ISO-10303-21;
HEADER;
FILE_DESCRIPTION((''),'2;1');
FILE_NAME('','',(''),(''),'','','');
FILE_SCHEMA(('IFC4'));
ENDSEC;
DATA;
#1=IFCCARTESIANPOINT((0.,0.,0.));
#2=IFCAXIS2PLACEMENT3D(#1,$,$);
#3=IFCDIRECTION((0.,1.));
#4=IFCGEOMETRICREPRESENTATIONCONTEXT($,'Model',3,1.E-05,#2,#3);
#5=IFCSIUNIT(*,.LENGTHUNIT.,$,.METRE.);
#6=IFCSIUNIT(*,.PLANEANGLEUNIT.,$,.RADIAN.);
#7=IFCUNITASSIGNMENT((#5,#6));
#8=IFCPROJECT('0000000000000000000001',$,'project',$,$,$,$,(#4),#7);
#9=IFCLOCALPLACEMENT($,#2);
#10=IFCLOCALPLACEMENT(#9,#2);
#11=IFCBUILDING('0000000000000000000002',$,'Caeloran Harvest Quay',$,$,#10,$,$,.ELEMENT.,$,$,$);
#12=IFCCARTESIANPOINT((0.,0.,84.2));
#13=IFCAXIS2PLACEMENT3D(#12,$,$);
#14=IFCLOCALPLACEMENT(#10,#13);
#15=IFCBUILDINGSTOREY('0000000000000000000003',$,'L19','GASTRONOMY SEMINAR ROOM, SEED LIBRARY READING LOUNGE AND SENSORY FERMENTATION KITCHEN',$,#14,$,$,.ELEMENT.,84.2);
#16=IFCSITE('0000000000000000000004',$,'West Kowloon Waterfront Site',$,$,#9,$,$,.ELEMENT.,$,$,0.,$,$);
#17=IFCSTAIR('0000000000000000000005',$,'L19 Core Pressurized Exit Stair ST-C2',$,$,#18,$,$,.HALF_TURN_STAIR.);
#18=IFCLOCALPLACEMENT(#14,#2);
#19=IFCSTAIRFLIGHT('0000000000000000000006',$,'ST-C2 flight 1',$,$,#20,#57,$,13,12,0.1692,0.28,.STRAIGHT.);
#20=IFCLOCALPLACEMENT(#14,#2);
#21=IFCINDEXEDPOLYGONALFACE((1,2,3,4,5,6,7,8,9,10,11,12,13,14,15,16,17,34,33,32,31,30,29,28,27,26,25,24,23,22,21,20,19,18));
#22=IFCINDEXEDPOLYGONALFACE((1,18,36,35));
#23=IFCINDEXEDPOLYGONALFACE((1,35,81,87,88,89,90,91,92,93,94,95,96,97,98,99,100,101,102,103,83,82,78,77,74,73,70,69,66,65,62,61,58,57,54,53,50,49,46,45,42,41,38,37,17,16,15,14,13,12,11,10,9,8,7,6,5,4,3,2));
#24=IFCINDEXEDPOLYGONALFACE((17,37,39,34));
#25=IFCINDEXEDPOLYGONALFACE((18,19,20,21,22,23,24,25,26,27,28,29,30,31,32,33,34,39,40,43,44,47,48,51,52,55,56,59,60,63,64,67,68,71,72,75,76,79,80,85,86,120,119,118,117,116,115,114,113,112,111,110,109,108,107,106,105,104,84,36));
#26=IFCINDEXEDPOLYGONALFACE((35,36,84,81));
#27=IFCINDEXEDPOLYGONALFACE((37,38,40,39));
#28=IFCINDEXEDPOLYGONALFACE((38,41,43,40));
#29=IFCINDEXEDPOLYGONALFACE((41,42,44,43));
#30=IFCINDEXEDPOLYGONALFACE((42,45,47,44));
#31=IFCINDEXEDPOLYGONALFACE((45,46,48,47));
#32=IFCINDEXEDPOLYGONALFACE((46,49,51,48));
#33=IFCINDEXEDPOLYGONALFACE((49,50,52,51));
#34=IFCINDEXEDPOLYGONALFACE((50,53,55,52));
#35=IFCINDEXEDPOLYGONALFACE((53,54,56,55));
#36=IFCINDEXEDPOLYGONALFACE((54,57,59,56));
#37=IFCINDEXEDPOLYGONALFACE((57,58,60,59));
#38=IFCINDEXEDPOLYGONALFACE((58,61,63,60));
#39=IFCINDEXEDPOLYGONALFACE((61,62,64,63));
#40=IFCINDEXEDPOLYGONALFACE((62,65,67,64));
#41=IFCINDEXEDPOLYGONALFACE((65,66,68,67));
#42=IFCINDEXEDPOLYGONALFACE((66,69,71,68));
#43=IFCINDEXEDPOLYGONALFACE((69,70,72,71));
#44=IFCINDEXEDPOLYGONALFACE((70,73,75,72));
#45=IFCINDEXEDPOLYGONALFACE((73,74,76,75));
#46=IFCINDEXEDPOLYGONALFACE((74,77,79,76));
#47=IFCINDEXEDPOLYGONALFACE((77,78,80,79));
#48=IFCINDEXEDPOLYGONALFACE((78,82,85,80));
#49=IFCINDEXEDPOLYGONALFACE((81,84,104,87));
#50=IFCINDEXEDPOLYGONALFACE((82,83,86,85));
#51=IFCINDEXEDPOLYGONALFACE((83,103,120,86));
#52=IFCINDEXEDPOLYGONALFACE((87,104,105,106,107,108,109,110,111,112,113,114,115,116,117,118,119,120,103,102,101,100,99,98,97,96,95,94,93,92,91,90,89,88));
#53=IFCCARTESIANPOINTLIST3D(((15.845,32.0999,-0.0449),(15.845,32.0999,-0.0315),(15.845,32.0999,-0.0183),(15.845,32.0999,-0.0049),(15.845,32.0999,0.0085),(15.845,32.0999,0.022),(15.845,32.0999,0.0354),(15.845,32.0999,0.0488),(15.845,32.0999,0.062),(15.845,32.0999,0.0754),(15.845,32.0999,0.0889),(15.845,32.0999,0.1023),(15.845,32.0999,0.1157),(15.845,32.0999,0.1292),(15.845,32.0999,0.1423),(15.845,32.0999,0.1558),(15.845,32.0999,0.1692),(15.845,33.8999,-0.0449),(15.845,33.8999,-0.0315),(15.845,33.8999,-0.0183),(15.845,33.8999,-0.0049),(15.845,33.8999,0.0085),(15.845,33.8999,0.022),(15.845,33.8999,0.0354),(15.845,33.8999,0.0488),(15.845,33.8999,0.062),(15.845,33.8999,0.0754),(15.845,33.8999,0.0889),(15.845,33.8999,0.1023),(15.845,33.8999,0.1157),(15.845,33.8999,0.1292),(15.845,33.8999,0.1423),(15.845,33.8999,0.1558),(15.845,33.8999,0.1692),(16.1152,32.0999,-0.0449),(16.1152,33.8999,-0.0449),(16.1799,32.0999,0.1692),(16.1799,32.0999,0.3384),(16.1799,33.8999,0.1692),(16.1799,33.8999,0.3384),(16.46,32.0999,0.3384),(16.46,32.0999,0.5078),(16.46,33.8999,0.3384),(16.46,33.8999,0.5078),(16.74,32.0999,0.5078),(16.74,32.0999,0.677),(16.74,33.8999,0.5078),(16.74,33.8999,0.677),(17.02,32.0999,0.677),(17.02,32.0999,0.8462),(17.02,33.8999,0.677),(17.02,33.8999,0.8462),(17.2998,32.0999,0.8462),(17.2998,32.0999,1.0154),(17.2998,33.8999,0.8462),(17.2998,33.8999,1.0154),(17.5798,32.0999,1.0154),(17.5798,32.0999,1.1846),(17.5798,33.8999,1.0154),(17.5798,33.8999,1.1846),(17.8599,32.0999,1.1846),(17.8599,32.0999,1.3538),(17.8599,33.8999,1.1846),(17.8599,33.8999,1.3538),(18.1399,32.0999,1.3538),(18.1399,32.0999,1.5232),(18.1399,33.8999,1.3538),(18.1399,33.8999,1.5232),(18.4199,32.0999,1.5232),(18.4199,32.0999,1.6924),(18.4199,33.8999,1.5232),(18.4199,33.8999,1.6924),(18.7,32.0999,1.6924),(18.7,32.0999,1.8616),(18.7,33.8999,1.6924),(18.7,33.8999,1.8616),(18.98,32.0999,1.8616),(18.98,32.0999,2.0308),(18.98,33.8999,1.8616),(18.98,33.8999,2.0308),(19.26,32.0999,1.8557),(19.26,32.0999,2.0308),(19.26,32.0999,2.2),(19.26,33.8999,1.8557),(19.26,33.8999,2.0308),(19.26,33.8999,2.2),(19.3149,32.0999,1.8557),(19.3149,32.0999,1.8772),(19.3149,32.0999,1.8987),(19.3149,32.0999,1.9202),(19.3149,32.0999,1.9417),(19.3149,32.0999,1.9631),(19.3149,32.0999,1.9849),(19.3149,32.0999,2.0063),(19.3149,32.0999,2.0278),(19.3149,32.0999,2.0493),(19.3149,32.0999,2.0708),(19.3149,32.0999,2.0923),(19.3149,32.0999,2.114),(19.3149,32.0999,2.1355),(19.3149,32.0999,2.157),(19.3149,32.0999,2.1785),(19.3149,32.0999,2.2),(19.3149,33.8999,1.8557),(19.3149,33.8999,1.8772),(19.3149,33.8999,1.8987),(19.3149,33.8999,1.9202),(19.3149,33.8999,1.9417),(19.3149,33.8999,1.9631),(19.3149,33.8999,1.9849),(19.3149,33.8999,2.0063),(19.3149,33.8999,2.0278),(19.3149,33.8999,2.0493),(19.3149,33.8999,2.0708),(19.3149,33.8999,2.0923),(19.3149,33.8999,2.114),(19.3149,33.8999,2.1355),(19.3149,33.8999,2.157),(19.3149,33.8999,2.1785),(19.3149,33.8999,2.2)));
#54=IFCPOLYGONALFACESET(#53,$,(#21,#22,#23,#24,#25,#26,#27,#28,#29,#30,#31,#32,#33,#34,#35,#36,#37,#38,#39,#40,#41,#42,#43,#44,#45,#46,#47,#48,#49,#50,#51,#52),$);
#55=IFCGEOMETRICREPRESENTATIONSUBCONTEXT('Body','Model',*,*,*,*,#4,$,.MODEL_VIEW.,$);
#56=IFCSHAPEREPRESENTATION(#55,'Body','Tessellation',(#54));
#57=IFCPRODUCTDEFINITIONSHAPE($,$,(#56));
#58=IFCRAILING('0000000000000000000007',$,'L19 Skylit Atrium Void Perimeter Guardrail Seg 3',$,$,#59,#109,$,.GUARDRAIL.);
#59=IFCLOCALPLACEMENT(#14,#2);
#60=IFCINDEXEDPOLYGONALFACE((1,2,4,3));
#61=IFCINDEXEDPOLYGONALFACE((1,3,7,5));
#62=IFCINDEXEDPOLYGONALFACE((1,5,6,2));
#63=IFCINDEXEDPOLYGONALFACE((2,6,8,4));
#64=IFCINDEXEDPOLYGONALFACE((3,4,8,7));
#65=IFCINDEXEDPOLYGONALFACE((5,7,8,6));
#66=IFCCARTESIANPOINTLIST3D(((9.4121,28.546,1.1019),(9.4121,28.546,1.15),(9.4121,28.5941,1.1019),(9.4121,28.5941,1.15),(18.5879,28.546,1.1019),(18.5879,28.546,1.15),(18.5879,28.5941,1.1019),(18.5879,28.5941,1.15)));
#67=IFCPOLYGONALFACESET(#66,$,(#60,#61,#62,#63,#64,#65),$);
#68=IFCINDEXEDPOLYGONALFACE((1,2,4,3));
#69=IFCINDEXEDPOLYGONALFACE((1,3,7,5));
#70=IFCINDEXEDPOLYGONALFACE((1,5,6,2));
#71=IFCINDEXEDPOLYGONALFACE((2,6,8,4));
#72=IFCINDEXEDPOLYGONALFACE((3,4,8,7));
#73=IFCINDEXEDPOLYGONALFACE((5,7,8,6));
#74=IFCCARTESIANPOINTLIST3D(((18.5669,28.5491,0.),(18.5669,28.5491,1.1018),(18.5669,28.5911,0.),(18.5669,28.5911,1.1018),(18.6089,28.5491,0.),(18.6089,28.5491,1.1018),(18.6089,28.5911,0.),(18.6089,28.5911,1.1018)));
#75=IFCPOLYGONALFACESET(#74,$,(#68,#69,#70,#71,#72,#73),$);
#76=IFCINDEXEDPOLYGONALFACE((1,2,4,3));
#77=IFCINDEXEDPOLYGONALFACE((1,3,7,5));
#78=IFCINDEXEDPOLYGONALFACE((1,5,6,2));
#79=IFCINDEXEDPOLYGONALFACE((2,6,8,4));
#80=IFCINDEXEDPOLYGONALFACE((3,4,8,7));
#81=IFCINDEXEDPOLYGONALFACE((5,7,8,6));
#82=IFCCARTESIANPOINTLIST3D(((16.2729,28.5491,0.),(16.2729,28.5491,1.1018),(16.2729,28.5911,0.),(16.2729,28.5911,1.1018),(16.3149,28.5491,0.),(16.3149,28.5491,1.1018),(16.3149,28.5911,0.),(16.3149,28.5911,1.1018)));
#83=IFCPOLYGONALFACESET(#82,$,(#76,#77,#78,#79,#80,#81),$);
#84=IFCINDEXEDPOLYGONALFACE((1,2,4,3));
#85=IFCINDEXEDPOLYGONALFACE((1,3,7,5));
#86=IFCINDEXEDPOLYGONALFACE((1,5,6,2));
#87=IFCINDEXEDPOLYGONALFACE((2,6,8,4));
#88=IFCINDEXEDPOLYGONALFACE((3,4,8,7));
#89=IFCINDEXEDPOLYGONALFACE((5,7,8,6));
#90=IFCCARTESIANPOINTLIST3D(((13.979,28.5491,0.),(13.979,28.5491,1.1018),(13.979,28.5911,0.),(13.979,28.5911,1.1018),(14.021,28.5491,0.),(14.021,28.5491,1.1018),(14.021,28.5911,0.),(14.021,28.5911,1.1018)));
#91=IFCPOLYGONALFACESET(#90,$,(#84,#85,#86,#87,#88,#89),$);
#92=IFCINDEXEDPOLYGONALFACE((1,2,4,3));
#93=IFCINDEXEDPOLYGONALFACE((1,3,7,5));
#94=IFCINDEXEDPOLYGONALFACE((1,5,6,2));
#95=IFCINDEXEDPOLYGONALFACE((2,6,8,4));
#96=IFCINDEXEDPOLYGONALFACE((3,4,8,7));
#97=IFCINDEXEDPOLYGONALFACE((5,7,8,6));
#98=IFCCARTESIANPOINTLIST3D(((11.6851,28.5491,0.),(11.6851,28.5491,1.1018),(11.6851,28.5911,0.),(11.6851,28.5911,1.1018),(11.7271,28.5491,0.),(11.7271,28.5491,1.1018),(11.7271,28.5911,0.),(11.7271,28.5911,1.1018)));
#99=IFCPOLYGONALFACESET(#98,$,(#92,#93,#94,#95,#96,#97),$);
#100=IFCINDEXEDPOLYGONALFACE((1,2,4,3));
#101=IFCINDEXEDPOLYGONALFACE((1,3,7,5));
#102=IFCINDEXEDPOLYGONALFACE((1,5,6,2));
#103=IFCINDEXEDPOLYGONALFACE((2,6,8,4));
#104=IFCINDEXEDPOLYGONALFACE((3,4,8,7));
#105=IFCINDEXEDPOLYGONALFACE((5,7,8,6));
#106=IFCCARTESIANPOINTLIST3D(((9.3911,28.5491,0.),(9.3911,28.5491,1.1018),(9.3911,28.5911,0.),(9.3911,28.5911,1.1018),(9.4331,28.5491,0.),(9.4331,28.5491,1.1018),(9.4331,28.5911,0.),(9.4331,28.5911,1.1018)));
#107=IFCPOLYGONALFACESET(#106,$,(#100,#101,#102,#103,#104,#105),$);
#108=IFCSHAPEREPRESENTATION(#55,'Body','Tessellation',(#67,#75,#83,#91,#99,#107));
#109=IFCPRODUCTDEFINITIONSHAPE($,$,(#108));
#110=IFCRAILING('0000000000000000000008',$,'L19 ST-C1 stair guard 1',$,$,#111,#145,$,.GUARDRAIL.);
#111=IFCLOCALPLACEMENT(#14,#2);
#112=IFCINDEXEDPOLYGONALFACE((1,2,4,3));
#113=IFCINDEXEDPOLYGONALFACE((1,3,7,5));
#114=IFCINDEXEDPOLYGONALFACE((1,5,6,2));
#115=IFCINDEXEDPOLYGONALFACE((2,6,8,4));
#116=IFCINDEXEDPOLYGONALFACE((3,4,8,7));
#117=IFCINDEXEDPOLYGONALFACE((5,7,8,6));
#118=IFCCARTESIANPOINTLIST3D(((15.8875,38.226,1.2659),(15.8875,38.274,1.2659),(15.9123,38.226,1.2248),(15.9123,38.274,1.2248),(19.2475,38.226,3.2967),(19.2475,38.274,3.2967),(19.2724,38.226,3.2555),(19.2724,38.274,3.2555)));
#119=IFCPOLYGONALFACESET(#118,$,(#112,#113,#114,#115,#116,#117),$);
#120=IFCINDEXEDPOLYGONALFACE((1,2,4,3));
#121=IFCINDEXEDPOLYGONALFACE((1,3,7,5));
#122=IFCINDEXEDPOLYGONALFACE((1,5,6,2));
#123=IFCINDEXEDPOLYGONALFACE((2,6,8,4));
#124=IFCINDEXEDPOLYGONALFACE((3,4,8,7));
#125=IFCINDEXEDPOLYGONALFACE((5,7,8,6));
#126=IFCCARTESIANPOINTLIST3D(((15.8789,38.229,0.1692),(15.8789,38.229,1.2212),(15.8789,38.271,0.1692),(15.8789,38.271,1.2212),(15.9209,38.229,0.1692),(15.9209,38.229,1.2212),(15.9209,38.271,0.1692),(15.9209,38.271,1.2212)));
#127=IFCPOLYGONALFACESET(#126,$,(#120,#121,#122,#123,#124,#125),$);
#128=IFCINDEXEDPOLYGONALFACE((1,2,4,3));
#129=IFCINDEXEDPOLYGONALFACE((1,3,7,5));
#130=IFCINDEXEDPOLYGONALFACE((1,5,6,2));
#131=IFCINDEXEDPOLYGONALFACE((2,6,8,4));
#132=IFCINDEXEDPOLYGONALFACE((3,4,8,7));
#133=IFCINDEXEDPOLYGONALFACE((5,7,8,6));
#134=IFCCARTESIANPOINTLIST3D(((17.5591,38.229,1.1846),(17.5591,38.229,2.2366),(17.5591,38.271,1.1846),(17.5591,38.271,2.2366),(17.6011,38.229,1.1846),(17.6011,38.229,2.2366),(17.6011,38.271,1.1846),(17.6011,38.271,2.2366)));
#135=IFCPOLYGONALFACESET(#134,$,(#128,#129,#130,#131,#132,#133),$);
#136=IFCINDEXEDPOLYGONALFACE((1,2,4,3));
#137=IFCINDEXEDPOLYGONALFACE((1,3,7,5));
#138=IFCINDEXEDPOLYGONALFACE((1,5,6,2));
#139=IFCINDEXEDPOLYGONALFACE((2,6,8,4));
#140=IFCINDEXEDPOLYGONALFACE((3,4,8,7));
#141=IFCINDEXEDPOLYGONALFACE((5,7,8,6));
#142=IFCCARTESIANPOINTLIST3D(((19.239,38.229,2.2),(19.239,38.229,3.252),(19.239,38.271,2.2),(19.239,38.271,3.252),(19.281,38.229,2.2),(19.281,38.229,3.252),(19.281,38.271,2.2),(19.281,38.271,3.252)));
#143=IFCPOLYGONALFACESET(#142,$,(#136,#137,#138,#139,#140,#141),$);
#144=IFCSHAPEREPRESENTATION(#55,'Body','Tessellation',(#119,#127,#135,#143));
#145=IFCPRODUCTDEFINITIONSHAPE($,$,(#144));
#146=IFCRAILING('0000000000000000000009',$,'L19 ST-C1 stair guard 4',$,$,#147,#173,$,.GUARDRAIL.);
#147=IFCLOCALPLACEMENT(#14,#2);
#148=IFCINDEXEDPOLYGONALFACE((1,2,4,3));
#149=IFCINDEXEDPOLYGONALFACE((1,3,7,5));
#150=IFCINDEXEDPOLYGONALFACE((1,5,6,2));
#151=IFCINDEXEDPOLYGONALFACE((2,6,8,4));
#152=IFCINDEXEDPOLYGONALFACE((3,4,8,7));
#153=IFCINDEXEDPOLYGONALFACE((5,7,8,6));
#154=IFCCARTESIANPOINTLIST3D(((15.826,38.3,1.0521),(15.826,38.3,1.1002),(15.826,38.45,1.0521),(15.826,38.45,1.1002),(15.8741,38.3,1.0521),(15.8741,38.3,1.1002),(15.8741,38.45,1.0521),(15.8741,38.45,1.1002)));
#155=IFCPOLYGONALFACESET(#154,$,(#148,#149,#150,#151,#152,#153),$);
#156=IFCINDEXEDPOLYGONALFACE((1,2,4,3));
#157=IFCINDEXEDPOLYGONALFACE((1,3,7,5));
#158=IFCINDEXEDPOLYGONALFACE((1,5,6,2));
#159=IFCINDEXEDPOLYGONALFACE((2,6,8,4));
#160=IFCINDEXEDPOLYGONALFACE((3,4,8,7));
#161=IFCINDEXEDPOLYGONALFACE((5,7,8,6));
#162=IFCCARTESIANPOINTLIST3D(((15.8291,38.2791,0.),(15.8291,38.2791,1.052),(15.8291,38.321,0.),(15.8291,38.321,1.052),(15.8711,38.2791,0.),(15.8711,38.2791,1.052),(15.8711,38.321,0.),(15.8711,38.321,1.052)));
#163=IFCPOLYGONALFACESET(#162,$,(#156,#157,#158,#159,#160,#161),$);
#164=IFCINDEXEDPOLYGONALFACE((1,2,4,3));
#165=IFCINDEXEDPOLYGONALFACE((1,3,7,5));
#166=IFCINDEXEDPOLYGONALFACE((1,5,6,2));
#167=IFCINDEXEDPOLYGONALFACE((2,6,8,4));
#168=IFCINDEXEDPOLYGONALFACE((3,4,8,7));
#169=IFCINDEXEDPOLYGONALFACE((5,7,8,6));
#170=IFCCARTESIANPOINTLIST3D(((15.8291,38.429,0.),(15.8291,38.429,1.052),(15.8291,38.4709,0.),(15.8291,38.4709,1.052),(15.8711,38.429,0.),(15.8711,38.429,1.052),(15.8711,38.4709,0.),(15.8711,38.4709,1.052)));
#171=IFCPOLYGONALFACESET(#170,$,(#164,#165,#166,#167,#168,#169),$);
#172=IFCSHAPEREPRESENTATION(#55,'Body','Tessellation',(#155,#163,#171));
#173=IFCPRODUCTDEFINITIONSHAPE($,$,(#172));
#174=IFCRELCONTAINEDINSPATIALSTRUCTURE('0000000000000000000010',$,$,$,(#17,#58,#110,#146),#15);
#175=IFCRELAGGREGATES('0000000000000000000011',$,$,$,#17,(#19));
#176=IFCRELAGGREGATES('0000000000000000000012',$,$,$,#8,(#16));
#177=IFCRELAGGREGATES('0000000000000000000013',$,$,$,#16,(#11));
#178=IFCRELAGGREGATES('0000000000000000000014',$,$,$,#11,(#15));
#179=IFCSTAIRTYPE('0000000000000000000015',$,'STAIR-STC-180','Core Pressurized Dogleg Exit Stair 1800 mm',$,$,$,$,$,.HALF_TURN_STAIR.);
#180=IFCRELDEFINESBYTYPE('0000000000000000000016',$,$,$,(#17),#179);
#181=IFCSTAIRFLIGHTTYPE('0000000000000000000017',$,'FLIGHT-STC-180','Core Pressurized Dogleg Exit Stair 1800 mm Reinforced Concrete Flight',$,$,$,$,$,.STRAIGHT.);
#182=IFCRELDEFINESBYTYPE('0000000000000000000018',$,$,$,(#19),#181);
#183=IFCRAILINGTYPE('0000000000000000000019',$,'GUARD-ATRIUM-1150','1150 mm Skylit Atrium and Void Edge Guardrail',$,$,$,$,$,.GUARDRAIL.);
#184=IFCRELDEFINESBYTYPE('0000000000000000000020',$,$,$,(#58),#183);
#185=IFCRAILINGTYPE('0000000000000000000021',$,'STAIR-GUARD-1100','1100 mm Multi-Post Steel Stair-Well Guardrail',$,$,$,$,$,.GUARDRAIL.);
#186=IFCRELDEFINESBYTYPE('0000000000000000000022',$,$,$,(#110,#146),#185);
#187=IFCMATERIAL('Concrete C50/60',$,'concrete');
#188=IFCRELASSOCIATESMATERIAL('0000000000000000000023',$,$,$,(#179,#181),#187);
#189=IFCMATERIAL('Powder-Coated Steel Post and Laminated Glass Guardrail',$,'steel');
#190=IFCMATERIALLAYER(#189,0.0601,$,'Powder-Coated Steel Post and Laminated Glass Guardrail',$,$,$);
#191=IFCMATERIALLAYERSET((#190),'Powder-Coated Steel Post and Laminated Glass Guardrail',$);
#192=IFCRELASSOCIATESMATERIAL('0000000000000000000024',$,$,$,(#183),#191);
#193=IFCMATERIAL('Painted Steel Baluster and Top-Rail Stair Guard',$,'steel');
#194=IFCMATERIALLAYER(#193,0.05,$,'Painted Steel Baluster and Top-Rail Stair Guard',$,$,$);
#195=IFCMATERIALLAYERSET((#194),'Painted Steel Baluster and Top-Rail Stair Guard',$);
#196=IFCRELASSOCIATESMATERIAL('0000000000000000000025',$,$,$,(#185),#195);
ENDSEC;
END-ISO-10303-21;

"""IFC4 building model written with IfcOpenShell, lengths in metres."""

from ifc_helpers import new_model, si_unit, direction, frame, origin, origin_2d, place, context, subcontext, project, spatial, polyline, rectangle, outline, extrude, material, layer, layer_set, type_object, element, aggregate, save


model = new_model("IFC4")

# Units and contexts
model_context = context("Model", 3, precision=1e-05, world=origin(), true_north=direction((0.0, 1.0)))
body_context = subcontext(model_context, "Body", "Model", "MODEL_VIEW")
ifc_project = project(units=[si_unit("LENGTHUNIT", "METRE"), si_unit("PLANEANGLEUNIT", "RADIAN")], contexts=[model_context])

# Site, building, storey
site_placement = place(None, origin())
site = spatial("IfcSite", under=ifc_project, at=site_placement, Name="West Kowloon Waterfront Site", CompositionType="ELEMENT", RefElevation=0.0)
building_placement = place(site_placement, origin())
building = spatial("IfcBuilding", under=site, at=building_placement, Name="Caeloran Harvest Quay", CompositionType="ELEMENT")
storey_placement = place(building_placement, frame((0.0, 0.0, 84.2)))
storey = spatial("IfcBuildingStorey", under=building, at=storey_placement, Name="L19", Description="GASTRONOMY SEMINAR ROOM, SEED LIBRARY READING LOUNGE AND SENSORY FERMENTATION KITCHEN", CompositionType="ELEMENT", Elevation=84.2)

# Stair, stair flight
ifc_material_1 = material(Name="Concrete C50/60", Category="concrete")
stair_type = type_object("IfcStairType", Name="STAIR-STC-180", Description="Core Pressurized Dogleg Exit Stair 1800 mm", PredefinedType="HALF_TURN_STAIR", material=ifc_material_1)
stair_flight_type = type_object("IfcStairFlightType", Name="FLIGHT-STC-180", Description="Core Pressurized Dogleg Exit Stair 1800 mm Reinforced Concrete Flight", PredefinedType="STRAIGHT", material=ifc_material_1)
stair_1_placement = place(storey_placement, origin())
stair_1 = element("IfcStair", 1, at=stair_1_placement, inside=storey, type_object=stair_type, Name="L19 Core Pressurized Exit Stair ST-C2", PredefinedType="HALF_TURN_STAIR")
stair_flight_1_placement = place(storey_placement, frame((15.8999, 33.0, 0.0), z_axis=(0.0, 0.0, 1.0), x_axis=(1.0, 0.0, 0.0)))
stair_flight_1 = element("IfcStairFlight", 2, at=stair_flight_1_placement, type_object=stair_flight_type, Name="ST-C2 flight 1", NumberOfRisers=13, NumberOfTreads=12, PredefinedType="STRAIGHT", RiserHeight=0.1692, TreadLength=0.28, context=body_context, shape_type="SweptSolid", body=[
    extrude(outline(polyline([(-0.0549, -0.0449), (-0.0549, -0.0315), (-0.0549, -0.0183), (-0.0549, -0.0049), (-0.0549, 0.0085), (-0.0549, 0.022), (-0.0549, 0.0354), (-0.0549, 0.0488), (-0.0549, 0.062), (-0.0549, 0.0754), (-0.0549, 0.0889), (-0.0549, 0.1023), (-0.0549, 0.1157), (-0.0549, 0.1292), (-0.0549, 0.1423), (-0.0549, 0.1558), (-0.0549, 0.1692), (0.28, 0.1692), (0.28, 0.3384), (0.5601, 0.3384), (0.5601, 0.5078), (0.8401, 0.5078), (0.8401, 0.677), (1.1201, 0.677), (1.1201, 0.8462), (1.3999, 0.8462), (1.3999, 1.0154), (1.6799, 1.0154), (1.6799, 1.1846), (1.96, 1.1846), (1.96, 1.3538), (2.24, 1.3538), (2.24, 1.5232), (2.52, 1.5232), (2.52, 1.6924), (2.8, 1.6924), (2.8, 1.8616), (3.0801, 1.8616), (3.0801, 2.0308), (3.3601, 2.0308), (3.3601, 2.2), (3.415, 2.2), (3.415, 2.1785), (3.415, 2.157), (3.415, 2.1355), (3.415, 2.114), (3.415, 2.0923), (3.415, 2.0708), (3.415, 2.0493), (3.415, 2.0278), (3.415, 2.0063), (3.415, 1.9849), (3.415, 1.9631), (3.415, 1.9417), (3.415, 1.9202), (3.415, 1.8987), (3.415, 1.8772), (3.415, 1.8557), (3.3601, 1.8557), (0.2153, -0.0449), (-0.0549, -0.0449)])), frame((0.0, 0.8999, 0.0), z_axis=(0.0, -1.0, 0.0), x_axis=(1.0, 0.0, 0.0)), (0.0, 0.0, 1.0), 1.8),
])
aggregate(stair_1, [stair_flight_1])

# Railings
ifc_material_2 = material(Name="Powder-Coated Steel Post and Laminated Glass Guardrail", Category="steel")
ifc_layer_1 = layer(ifc_material_2, 0.0601, Name="Powder-Coated Steel Post and Laminated Glass Guardrail")
ifc_layer_set_1 = layer_set([ifc_layer_1], Name="Powder-Coated Steel Post and Laminated Glass Guardrail")
railing_type_1 = type_object("IfcRailingType", Name="GUARD-ATRIUM-1150", Description="1150 mm Skylit Atrium and Void Edge Guardrail", PredefinedType="GUARDRAIL", material=ifc_layer_set_1)
railing_1_placement = place(storey_placement, frame((18.5879, 28.5701, 0.0)))
element("IfcRailing", 3, at=railing_1_placement, inside=storey, type_object=railing_type_1, Name="L19 Skylit Atrium Void Perimeter Guardrail Seg 3", PredefinedType="GUARDRAIL", context=body_context, shape_type="SweptSolid", body=[
    extrude(rectangle(XDim=0.0481, YDim=0.0481, at=origin_2d()), frame((0.0, 0.0, 1.126), z_axis=(-1.0, 0.0, 0.0), x_axis=(0.0, -1.0, 0.0)), (0.0, 0.0, 1.0), 9.1758),
    extrude(rectangle(XDim=0.042, YDim=0.042, at=origin_2d()), origin(), (0.0, 0.0, 1.0), 1.1018),
    extrude(rectangle(XDim=0.042, YDim=0.042, at=origin_2d()), frame((-2.2939, 0.0, 0.0)), (0.0, 0.0, 1.0), 1.1018),
    extrude(rectangle(XDim=0.042, YDim=0.042, at=origin_2d()), frame((-4.5879, 0.0, 0.0)), (0.0, 0.0, 1.0), 1.1018),
    extrude(rectangle(XDim=0.042, YDim=0.042, at=origin_2d()), frame((-6.8818, 0.0, 0.0)), (0.0, 0.0, 1.0), 1.1018),
    extrude(rectangle(XDim=0.042, YDim=0.042, at=origin_2d()), frame((-9.1758, 0.0, 0.0)), (0.0, 0.0, 1.0), 1.1018),
])
ifc_material_3 = material(Name="Painted Steel Baluster and Top-Rail Stair Guard", Category="steel")
ifc_layer_2 = layer(ifc_material_3, 0.05, Name="Painted Steel Baluster and Top-Rail Stair Guard")
ifc_layer_set_2 = layer_set([ifc_layer_2], Name="Painted Steel Baluster and Top-Rail Stair Guard")
railing_type_2 = type_object("IfcRailingType", Name="STAIR-GUARD-1100", Description="1100 mm Multi-Post Steel Stair-Well Guardrail", PredefinedType="GUARDRAIL", material=ifc_layer_set_2)
railing_2_placement = place(storey_placement, frame((15.8999, 38.25, 0.1692)))
element("IfcRailing", 4, at=railing_2_placement, inside=storey, type_object=railing_type_2, Name="L19 ST-C1 stair guard 1", PredefinedType="GUARDRAIL", context=body_context, shape_type="SweptSolid", body=[
    extrude(rectangle(XDim=0.0481, YDim=0.0481, at=origin_2d()), frame((0.0, 0.0, 1.0762), z_axis=(0.855837, 0.0, 0.517246), x_axis=(0.0, 1.0, 0.0)), (0.0, 0.0, 1.0), 3.926),
    extrude(rectangle(XDim=0.042, YDim=0.042, at=origin_2d()), origin(), (0.0, 0.0, 1.0), 1.052),
    extrude(rectangle(XDim=0.042, YDim=0.042, at=origin_2d()), frame((1.6802, 0.0, 1.0154)), (0.0, 0.0, 1.0), 1.052),
    extrude(rectangle(XDim=0.042, YDim=0.042, at=origin_2d()), frame((3.3601, 0.0, 2.0308)), (0.0, 0.0, 1.0), 1.052),
])
railing_3_placement = place(storey_placement, frame((15.8501, 38.3, 0.0)))
element("IfcRailing", 5, at=railing_3_placement, inside=storey, type_object=railing_type_2, Name="L19 ST-C1 stair guard 4", PredefinedType="GUARDRAIL", context=body_context, shape_type="SweptSolid", body=[
    extrude(rectangle(XDim=0.0481, YDim=0.0481, at=origin_2d()), frame((0.0, 0.0, 1.0762), z_axis=(0.0, 1.0, 0.0), x_axis=(-1.0, 0.0, 0.0)), (0.0, 0.0, 1.0), 0.1499),
    extrude(rectangle(XDim=0.042, YDim=0.042, at=origin_2d()), origin(), (0.0, 0.0, 1.0), 1.052),
    extrude(rectangle(XDim=0.042, YDim=0.042, at=origin_2d()), frame((0.0, 0.1499, 0.0)), (0.0, 0.0, 1.0), 1.052),
])

save(model, "model.ifc")
